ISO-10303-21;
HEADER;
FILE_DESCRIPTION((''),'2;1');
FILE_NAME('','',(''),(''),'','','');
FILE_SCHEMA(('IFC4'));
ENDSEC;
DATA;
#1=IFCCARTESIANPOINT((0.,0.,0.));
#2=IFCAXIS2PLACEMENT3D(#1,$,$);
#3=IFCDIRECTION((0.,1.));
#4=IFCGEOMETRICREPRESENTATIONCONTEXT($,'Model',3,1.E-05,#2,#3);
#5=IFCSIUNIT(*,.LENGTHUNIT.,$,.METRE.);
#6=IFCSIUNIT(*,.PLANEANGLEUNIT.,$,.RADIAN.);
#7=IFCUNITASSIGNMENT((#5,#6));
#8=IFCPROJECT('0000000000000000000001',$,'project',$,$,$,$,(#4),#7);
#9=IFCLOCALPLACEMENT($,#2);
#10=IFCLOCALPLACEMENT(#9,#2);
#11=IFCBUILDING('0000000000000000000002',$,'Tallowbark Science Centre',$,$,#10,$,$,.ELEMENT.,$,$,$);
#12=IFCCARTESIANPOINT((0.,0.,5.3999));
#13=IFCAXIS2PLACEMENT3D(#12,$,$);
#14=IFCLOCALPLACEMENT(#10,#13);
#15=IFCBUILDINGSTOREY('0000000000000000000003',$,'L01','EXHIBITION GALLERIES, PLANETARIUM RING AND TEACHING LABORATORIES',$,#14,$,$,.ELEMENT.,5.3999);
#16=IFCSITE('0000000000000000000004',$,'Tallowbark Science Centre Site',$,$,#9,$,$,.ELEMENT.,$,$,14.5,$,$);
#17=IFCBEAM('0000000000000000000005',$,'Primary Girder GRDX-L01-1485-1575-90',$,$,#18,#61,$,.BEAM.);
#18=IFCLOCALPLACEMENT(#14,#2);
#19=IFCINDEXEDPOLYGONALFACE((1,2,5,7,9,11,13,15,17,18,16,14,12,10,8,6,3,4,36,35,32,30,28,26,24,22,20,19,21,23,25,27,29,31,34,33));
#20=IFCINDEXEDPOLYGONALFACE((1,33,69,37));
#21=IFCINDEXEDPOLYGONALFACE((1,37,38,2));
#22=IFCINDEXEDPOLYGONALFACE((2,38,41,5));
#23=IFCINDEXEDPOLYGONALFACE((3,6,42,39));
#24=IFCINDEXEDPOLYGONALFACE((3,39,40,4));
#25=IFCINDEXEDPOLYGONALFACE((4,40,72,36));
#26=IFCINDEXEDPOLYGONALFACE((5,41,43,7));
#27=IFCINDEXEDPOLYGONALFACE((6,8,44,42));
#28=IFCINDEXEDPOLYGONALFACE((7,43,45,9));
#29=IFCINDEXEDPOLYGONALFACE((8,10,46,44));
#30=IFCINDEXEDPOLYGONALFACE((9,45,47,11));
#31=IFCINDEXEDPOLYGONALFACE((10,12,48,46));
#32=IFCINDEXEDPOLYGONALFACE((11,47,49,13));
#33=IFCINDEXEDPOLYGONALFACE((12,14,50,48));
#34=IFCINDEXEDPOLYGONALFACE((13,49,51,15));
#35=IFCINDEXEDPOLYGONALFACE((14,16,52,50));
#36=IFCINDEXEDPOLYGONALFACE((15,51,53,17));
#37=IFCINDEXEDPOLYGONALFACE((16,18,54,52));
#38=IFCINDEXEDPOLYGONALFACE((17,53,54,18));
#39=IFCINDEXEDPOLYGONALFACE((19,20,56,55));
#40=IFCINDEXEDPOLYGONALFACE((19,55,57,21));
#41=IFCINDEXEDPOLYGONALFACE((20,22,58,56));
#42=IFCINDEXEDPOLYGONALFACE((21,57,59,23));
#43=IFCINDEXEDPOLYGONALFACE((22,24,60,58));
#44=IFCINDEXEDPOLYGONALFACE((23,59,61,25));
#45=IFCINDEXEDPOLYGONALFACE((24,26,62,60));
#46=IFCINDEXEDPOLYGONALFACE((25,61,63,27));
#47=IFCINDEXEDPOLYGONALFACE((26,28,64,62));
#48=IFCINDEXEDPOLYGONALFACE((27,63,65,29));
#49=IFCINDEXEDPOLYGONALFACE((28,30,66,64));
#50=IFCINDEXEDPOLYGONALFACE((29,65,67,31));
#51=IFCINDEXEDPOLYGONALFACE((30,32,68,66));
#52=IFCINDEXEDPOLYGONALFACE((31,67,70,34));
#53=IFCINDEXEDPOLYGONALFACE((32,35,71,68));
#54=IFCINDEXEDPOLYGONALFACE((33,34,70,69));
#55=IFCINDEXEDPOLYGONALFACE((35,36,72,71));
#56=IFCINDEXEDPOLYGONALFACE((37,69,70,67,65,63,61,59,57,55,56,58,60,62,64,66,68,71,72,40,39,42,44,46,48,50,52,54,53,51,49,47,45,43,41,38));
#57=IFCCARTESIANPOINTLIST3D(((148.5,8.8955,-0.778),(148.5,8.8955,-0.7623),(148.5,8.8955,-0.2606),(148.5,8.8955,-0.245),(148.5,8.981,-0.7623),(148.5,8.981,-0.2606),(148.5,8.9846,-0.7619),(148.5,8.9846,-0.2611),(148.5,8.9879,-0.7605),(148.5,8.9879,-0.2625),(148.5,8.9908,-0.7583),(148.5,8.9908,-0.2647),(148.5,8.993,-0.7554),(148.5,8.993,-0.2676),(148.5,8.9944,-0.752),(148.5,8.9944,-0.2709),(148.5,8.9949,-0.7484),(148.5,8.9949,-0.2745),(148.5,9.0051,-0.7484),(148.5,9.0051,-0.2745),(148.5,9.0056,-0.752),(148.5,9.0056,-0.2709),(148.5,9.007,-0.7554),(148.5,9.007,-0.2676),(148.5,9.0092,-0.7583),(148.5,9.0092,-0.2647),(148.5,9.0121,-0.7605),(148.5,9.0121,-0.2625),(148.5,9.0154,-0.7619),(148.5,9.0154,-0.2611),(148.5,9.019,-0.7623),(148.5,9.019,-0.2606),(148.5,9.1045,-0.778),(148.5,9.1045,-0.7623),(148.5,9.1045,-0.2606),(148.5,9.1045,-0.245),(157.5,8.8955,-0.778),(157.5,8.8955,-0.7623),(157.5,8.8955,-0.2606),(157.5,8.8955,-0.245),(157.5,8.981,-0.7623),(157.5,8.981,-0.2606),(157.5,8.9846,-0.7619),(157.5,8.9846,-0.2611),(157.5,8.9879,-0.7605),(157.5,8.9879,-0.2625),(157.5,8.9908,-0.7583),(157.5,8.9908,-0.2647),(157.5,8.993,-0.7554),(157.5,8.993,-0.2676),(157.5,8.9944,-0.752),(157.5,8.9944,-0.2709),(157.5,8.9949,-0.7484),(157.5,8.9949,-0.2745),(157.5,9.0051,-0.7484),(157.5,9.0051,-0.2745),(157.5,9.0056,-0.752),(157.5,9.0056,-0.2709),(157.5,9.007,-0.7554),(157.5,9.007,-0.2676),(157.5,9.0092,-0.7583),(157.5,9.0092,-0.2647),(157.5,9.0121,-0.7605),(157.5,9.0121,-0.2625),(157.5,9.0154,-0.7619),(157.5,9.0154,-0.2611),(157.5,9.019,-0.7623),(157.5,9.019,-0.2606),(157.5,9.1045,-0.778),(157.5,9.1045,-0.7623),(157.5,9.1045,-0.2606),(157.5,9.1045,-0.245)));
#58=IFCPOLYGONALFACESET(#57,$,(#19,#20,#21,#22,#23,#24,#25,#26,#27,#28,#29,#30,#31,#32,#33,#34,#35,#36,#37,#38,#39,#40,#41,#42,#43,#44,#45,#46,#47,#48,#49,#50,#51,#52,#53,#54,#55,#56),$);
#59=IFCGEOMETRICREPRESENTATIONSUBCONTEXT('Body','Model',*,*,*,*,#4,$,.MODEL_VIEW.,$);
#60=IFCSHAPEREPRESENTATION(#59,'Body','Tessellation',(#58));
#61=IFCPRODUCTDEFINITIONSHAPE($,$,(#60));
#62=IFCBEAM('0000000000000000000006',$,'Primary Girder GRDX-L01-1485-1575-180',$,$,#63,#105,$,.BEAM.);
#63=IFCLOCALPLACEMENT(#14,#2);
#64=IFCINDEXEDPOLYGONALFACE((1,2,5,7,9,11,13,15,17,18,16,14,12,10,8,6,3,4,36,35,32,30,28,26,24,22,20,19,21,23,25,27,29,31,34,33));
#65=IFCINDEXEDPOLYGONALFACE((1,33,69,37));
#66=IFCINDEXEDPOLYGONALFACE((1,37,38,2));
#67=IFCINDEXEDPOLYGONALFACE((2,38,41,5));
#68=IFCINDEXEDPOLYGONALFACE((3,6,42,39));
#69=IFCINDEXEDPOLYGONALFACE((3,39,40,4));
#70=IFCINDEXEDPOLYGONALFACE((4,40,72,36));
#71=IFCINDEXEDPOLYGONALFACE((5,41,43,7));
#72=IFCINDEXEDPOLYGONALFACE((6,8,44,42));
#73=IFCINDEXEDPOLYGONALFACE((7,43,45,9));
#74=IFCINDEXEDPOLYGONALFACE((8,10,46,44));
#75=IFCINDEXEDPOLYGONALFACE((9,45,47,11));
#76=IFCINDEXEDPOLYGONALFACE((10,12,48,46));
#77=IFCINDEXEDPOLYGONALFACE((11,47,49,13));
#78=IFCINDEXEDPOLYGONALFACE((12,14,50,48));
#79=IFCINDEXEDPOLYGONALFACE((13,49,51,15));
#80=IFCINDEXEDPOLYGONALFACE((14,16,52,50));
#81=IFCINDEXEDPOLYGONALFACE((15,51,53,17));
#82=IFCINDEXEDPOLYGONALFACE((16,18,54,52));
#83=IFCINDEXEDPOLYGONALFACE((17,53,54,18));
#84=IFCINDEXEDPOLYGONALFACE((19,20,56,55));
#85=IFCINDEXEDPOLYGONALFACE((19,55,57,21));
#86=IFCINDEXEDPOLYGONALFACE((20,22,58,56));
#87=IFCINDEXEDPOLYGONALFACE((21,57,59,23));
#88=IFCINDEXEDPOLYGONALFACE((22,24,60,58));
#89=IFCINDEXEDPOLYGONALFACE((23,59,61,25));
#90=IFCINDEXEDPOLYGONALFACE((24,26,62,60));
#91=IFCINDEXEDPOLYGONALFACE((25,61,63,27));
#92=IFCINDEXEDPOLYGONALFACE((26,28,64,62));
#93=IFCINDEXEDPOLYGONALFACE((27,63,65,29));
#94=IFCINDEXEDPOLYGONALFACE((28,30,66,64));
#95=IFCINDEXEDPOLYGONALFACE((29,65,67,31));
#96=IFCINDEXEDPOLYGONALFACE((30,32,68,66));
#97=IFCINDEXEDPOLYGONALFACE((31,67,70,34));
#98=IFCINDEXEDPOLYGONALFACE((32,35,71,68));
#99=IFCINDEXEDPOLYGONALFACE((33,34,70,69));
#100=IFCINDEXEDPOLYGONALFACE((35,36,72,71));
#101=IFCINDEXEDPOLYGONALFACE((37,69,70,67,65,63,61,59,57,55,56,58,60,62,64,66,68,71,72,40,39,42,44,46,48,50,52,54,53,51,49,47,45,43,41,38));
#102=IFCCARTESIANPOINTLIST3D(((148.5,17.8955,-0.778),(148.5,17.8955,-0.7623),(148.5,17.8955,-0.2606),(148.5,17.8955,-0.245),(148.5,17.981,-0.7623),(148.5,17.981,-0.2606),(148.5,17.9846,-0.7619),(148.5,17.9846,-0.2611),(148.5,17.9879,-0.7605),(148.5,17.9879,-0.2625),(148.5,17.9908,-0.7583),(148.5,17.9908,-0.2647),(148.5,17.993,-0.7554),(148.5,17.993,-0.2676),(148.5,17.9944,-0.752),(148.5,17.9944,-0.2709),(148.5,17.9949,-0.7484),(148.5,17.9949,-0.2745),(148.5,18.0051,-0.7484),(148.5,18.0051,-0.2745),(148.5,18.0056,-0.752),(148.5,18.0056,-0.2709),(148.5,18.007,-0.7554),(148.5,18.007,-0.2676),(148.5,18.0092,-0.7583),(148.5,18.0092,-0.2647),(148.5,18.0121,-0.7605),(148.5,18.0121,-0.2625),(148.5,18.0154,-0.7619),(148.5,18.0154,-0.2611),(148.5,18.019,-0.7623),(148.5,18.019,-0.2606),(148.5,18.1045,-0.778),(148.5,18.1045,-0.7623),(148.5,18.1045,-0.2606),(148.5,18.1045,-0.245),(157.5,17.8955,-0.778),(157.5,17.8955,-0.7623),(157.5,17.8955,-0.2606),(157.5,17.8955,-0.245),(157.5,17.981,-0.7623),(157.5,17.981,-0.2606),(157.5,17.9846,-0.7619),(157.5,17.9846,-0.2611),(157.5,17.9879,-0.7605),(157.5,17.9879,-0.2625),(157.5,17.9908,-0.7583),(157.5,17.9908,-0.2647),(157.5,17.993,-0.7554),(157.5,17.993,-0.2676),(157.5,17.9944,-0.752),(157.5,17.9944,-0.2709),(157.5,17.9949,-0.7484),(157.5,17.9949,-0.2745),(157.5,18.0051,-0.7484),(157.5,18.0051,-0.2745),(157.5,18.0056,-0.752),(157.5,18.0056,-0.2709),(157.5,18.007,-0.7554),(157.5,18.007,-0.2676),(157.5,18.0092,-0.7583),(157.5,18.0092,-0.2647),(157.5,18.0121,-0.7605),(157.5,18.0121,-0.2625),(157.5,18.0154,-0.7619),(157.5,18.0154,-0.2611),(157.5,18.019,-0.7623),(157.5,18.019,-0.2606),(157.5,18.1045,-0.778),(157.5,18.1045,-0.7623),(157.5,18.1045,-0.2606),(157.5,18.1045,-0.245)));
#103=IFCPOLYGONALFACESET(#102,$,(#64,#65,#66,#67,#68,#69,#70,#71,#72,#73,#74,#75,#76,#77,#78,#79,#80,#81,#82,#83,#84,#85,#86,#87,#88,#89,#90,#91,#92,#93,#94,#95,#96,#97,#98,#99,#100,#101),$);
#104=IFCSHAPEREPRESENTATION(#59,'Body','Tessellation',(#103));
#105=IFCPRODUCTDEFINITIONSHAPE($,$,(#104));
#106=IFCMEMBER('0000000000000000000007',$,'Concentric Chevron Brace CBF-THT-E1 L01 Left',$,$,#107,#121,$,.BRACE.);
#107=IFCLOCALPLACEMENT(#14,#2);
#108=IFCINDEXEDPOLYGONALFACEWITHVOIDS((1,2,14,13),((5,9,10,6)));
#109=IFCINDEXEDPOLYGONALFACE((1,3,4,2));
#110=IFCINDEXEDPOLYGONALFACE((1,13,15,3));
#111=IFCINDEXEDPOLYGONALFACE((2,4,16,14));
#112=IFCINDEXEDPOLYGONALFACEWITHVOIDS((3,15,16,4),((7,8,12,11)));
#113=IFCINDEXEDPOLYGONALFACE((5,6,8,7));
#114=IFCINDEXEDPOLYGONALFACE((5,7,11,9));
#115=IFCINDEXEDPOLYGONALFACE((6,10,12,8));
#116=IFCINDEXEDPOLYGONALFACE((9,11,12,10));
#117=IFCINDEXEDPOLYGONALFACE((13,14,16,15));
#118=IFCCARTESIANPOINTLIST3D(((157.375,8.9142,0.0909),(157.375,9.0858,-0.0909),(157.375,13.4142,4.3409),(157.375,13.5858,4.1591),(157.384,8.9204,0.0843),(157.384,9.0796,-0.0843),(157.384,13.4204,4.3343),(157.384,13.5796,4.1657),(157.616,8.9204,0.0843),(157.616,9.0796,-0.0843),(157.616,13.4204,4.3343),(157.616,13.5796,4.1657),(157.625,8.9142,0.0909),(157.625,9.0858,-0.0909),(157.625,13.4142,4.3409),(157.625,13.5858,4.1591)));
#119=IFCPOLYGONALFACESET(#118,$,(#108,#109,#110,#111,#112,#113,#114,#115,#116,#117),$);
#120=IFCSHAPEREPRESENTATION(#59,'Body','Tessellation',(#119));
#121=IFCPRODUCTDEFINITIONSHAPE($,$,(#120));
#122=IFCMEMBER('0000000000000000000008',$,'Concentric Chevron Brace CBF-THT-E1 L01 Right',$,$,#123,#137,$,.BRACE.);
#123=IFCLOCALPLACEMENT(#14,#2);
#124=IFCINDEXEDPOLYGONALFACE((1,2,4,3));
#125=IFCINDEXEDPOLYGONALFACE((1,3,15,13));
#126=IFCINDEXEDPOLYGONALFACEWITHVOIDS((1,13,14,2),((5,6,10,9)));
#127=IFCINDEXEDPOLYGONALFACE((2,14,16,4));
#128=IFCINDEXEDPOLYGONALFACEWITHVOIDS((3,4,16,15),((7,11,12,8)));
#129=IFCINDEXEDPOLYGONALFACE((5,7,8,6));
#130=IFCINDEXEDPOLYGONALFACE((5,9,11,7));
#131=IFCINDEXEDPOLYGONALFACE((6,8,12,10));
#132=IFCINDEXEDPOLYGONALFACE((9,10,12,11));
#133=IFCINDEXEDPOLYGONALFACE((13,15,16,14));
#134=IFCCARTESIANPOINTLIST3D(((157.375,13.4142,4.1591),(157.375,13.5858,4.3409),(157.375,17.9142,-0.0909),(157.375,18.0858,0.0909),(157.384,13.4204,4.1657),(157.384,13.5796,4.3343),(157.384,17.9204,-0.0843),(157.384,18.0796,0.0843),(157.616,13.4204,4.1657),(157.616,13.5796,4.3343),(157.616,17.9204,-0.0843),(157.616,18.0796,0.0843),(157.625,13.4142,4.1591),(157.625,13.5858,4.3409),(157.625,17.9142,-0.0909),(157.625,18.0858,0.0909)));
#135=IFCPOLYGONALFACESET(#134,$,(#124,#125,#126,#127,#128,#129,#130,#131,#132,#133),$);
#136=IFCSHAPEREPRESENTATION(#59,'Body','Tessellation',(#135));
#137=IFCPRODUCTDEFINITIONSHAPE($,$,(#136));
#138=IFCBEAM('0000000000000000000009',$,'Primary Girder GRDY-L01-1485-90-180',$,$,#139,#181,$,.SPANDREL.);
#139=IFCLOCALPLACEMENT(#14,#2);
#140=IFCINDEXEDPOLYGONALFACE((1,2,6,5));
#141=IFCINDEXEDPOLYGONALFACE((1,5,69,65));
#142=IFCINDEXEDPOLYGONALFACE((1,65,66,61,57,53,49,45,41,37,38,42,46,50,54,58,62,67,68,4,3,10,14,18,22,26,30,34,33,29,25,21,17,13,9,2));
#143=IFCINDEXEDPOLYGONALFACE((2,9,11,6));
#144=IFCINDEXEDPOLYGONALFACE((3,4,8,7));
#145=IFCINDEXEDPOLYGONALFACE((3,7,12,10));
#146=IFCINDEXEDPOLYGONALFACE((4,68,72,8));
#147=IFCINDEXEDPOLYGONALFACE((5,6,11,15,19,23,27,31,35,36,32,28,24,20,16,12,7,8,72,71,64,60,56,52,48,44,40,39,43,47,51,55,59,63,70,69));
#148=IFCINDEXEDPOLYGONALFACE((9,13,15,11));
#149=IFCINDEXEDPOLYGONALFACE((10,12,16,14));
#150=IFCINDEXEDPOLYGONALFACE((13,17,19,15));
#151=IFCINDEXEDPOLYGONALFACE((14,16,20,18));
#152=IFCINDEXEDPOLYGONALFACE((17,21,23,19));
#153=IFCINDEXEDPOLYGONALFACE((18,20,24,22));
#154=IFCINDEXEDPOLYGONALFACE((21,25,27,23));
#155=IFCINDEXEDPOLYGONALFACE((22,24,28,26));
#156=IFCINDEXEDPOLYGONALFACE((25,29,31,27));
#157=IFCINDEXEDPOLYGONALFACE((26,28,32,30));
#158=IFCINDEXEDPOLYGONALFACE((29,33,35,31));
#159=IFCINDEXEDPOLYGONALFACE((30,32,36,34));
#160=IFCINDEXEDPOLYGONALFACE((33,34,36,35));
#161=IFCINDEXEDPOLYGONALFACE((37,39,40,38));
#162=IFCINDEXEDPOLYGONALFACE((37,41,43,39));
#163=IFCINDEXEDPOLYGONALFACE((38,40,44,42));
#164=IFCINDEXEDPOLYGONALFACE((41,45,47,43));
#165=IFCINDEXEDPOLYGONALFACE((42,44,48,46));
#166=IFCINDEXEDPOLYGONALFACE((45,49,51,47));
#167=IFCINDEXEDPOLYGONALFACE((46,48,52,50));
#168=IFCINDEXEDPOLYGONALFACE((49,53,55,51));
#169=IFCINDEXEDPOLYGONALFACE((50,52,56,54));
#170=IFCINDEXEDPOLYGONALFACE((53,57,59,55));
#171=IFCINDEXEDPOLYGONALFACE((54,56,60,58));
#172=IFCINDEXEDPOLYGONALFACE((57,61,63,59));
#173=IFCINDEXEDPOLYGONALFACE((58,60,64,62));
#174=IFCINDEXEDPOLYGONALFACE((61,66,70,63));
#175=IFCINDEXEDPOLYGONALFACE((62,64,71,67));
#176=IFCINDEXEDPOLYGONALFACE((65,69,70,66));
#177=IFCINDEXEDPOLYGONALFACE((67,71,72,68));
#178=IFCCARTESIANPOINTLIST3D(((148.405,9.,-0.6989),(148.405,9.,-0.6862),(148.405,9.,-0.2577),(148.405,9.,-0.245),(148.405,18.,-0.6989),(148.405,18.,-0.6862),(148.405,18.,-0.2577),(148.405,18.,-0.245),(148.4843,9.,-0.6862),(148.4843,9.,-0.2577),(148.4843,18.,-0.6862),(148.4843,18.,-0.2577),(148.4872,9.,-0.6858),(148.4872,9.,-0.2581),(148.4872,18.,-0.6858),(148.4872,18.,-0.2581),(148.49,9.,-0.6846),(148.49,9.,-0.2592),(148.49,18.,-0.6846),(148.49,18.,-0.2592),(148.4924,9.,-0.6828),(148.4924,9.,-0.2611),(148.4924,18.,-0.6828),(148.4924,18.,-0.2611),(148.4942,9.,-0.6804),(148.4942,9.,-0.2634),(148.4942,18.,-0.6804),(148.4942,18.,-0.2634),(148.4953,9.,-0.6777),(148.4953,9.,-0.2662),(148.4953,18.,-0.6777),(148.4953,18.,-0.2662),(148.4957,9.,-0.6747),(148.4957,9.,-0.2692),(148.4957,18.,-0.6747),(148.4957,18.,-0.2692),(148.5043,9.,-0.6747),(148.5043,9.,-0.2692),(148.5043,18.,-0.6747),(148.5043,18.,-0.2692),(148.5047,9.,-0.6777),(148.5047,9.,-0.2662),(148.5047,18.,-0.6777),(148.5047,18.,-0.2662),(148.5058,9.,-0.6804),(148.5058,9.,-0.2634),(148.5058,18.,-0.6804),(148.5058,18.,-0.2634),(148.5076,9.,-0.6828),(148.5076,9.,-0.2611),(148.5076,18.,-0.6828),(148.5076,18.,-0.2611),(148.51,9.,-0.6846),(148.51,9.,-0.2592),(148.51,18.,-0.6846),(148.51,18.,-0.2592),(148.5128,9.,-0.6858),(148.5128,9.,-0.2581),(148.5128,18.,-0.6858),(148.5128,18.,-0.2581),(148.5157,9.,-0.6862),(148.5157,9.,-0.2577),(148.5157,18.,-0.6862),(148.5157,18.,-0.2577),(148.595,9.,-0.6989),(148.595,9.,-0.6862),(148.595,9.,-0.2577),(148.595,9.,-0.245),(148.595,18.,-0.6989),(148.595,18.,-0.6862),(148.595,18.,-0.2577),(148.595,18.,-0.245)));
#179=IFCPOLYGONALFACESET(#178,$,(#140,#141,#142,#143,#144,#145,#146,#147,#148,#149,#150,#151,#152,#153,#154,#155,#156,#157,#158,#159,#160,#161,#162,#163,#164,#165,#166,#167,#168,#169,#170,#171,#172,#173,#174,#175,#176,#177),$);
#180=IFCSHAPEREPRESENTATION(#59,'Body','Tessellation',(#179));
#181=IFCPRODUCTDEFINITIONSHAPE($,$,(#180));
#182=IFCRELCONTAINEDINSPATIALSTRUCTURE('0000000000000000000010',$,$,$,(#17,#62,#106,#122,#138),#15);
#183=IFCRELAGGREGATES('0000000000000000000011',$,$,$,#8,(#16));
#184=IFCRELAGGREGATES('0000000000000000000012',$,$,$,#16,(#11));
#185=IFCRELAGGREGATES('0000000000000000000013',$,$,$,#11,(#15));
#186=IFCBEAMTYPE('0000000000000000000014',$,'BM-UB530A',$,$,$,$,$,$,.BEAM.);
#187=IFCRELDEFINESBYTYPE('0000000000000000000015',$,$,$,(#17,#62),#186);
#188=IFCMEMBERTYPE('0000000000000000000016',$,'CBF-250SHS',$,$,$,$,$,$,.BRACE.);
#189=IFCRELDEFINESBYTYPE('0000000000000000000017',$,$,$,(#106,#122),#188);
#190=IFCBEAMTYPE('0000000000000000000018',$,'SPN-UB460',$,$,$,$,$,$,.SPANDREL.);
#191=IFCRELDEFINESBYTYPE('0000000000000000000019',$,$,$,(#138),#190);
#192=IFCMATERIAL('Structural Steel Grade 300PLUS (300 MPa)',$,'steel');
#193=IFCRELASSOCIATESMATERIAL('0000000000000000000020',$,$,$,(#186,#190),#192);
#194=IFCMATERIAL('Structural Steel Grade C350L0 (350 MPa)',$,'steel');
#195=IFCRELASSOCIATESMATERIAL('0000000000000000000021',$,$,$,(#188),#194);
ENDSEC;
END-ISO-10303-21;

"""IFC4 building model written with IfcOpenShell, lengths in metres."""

from ifc_helpers import new_model, si_unit, direction, frame, origin, origin_2d, place, context, subcontext, project, spatial, hollow_rectangle, i_section, extrude, material, material_profile, profile_set, type_object, element, save


model = new_model("IFC4")

# Units and contexts
model_context = context("Model", 3, precision=1e-05, world=origin(), true_north=direction((0.0, 1.0)))
body_context = subcontext(model_context, "Body", "Model", "MODEL_VIEW")
ifc_project = project(units=[si_unit("LENGTHUNIT", "METRE"), si_unit("PLANEANGLEUNIT", "RADIAN")], contexts=[model_context])

# Site, building, storey
site_placement = place(None, origin())
site = spatial("IfcSite", under=ifc_project, at=site_placement, Name="Tallowbark Science Centre Site", CompositionType="ELEMENT", RefElevation=14.5)
building_placement = place(site_placement, origin())
building = spatial("IfcBuilding", under=site, at=building_placement, Name="Tallowbark Science Centre", CompositionType="ELEMENT")
storey_placement = place(building_placement, frame((0.0, 0.0, 5.3999)))
storey = spatial("IfcBuildingStorey", under=building, at=storey_placement, Name="L01", Description="EXHIBITION GALLERIES, PLANETARIUM RING AND TEACHING LABORATORIES", CompositionType="ELEMENT", Elevation=5.3999)

# Shared definitions
ifc_material_1 = material(Name="Structural Steel Grade 300PLUS (300 MPa)", Category="steel")

# Beams
ifc_material_profile_1 = material_profile(ifc_material_1, i_section(OverallWidth=0.209, OverallDepth=0.533, WebThickness=0.0103, FlangeThickness=0.0156, FilletRadius=0.0139, at=origin_2d()), Name="530UB92.4")
ifc_profile_set_1 = profile_set([ifc_material_profile_1], Name="Structural Steel Grade 300PLUS (300 MPa)")
beam_type_1 = type_object("IfcBeamType", Name="BM-UB530A", PredefinedType="BEAM", material=ifc_profile_set_1)
for number, where, z_axis, x_axis, name in (
    (1, (148.5, 9.0, -0.5115), (1.0, 0.0, 0.0), (0.0, 1.0, 0.0), "Primary Girder GRDX-L01-1485-1575-90"),
    (2, (148.5, 18.0, -0.5115), (1.0, 0.0, 0.0), (0.0, 1.0, 0.0), "Primary Girder GRDX-L01-1485-1575-180"),
):
    element("IfcBeam", number, at=place(storey_placement, frame(where, z_axis=z_axis, x_axis=x_axis)), inside=storey, type_object=beam_type_1, Name=name, PredefinedType="BEAM", context=body_context, shape_type="SweptSolid", body=[
        extrude(i_section(OverallWidth=0.209, OverallDepth=0.533, WebThickness=0.0103, FlangeThickness=0.0156, FilletRadius=0.0139, at=origin_2d()), origin(), (0.0, 0.0, 1.0), 9.0),
    ])

# Members
ifc_material_2 = material(Name="Structural Steel Grade C350L0 (350 MPa)", Category="steel")
ifc_material_profile_2 = material_profile(ifc_material_2, hollow_rectangle(XDim=0.25, YDim=0.25, WallThickness=0.009, at=origin_2d()), Name="250x250x9.0SHS")
ifc_profile_set_2 = profile_set([ifc_material_profile_2], Name="Structural Steel Grade C350L0 (350 MPa)")
member_type = type_object("IfcMemberType", Name="CBF-250SHS", PredefinedType="BRACE", material=ifc_profile_set_2)
for number, where, z_axis, x_axis, name in (
    (3, (157.5, 9.0, 0.0), (0.0, 0.727013, 0.686624), (-1.0, 0.0, 0.0), "Concentric Chevron Brace CBF-THT-E1 L01 Left"),
    (4, (157.5, 18.0, 0.0), (0.0, -0.727013, 0.686624), (1.0, 0.0, 0.0), "Concentric Chevron Brace CBF-THT-E1 L01 Right"),
):
    element("IfcMember", number, at=place(storey_placement, frame(where, z_axis=z_axis, x_axis=x_axis)), inside=storey, type_object=member_type, Name=name, PredefinedType="BRACE", context=body_context, shape_type="SweptSolid", body=[
        extrude(hollow_rectangle(XDim=0.25, YDim=0.25, WallThickness=0.009, at=origin_2d()), origin(), (0.0, 0.0, 1.0), 6.1897),
    ])

# Beam
ifc_material_profile_3 = material_profile(ifc_material_1, i_section(OverallWidth=0.1899, OverallDepth=0.4539, WebThickness=0.0085, FlangeThickness=0.0127, FilletRadius=0.0115, at=origin_2d()), Name="460UB67.1")
ifc_profile_set_3 = profile_set([ifc_material_profile_3], Name="Structural Steel Grade 300PLUS (300 MPa)")
beam_type_2 = type_object("IfcBeamType", Name="SPN-UB460", PredefinedType="SPANDREL", material=ifc_profile_set_3)
for number, where, z_axis, x_axis, name in (
    (5, (148.5, 9.0, -0.4719), (0.0, 1.0, 0.0), (-1.0, 0.0, 0.0), "Primary Girder GRDY-L01-1485-90-180"),
):
    element("IfcBeam", number, at=place(storey_placement, frame(where, z_axis=z_axis, x_axis=x_axis)), inside=storey, type_object=beam_type_2, Name=name, PredefinedType="SPANDREL", context=body_context, shape_type="SweptSolid", body=[
        extrude(i_section(OverallWidth=0.1899, OverallDepth=0.4539, WebThickness=0.0085, FlangeThickness=0.0127, FilletRadius=0.0115, at=origin_2d()), origin(), (0.0, 0.0, 1.0), 9.0),
    ])

save(model, "model.ifc")
